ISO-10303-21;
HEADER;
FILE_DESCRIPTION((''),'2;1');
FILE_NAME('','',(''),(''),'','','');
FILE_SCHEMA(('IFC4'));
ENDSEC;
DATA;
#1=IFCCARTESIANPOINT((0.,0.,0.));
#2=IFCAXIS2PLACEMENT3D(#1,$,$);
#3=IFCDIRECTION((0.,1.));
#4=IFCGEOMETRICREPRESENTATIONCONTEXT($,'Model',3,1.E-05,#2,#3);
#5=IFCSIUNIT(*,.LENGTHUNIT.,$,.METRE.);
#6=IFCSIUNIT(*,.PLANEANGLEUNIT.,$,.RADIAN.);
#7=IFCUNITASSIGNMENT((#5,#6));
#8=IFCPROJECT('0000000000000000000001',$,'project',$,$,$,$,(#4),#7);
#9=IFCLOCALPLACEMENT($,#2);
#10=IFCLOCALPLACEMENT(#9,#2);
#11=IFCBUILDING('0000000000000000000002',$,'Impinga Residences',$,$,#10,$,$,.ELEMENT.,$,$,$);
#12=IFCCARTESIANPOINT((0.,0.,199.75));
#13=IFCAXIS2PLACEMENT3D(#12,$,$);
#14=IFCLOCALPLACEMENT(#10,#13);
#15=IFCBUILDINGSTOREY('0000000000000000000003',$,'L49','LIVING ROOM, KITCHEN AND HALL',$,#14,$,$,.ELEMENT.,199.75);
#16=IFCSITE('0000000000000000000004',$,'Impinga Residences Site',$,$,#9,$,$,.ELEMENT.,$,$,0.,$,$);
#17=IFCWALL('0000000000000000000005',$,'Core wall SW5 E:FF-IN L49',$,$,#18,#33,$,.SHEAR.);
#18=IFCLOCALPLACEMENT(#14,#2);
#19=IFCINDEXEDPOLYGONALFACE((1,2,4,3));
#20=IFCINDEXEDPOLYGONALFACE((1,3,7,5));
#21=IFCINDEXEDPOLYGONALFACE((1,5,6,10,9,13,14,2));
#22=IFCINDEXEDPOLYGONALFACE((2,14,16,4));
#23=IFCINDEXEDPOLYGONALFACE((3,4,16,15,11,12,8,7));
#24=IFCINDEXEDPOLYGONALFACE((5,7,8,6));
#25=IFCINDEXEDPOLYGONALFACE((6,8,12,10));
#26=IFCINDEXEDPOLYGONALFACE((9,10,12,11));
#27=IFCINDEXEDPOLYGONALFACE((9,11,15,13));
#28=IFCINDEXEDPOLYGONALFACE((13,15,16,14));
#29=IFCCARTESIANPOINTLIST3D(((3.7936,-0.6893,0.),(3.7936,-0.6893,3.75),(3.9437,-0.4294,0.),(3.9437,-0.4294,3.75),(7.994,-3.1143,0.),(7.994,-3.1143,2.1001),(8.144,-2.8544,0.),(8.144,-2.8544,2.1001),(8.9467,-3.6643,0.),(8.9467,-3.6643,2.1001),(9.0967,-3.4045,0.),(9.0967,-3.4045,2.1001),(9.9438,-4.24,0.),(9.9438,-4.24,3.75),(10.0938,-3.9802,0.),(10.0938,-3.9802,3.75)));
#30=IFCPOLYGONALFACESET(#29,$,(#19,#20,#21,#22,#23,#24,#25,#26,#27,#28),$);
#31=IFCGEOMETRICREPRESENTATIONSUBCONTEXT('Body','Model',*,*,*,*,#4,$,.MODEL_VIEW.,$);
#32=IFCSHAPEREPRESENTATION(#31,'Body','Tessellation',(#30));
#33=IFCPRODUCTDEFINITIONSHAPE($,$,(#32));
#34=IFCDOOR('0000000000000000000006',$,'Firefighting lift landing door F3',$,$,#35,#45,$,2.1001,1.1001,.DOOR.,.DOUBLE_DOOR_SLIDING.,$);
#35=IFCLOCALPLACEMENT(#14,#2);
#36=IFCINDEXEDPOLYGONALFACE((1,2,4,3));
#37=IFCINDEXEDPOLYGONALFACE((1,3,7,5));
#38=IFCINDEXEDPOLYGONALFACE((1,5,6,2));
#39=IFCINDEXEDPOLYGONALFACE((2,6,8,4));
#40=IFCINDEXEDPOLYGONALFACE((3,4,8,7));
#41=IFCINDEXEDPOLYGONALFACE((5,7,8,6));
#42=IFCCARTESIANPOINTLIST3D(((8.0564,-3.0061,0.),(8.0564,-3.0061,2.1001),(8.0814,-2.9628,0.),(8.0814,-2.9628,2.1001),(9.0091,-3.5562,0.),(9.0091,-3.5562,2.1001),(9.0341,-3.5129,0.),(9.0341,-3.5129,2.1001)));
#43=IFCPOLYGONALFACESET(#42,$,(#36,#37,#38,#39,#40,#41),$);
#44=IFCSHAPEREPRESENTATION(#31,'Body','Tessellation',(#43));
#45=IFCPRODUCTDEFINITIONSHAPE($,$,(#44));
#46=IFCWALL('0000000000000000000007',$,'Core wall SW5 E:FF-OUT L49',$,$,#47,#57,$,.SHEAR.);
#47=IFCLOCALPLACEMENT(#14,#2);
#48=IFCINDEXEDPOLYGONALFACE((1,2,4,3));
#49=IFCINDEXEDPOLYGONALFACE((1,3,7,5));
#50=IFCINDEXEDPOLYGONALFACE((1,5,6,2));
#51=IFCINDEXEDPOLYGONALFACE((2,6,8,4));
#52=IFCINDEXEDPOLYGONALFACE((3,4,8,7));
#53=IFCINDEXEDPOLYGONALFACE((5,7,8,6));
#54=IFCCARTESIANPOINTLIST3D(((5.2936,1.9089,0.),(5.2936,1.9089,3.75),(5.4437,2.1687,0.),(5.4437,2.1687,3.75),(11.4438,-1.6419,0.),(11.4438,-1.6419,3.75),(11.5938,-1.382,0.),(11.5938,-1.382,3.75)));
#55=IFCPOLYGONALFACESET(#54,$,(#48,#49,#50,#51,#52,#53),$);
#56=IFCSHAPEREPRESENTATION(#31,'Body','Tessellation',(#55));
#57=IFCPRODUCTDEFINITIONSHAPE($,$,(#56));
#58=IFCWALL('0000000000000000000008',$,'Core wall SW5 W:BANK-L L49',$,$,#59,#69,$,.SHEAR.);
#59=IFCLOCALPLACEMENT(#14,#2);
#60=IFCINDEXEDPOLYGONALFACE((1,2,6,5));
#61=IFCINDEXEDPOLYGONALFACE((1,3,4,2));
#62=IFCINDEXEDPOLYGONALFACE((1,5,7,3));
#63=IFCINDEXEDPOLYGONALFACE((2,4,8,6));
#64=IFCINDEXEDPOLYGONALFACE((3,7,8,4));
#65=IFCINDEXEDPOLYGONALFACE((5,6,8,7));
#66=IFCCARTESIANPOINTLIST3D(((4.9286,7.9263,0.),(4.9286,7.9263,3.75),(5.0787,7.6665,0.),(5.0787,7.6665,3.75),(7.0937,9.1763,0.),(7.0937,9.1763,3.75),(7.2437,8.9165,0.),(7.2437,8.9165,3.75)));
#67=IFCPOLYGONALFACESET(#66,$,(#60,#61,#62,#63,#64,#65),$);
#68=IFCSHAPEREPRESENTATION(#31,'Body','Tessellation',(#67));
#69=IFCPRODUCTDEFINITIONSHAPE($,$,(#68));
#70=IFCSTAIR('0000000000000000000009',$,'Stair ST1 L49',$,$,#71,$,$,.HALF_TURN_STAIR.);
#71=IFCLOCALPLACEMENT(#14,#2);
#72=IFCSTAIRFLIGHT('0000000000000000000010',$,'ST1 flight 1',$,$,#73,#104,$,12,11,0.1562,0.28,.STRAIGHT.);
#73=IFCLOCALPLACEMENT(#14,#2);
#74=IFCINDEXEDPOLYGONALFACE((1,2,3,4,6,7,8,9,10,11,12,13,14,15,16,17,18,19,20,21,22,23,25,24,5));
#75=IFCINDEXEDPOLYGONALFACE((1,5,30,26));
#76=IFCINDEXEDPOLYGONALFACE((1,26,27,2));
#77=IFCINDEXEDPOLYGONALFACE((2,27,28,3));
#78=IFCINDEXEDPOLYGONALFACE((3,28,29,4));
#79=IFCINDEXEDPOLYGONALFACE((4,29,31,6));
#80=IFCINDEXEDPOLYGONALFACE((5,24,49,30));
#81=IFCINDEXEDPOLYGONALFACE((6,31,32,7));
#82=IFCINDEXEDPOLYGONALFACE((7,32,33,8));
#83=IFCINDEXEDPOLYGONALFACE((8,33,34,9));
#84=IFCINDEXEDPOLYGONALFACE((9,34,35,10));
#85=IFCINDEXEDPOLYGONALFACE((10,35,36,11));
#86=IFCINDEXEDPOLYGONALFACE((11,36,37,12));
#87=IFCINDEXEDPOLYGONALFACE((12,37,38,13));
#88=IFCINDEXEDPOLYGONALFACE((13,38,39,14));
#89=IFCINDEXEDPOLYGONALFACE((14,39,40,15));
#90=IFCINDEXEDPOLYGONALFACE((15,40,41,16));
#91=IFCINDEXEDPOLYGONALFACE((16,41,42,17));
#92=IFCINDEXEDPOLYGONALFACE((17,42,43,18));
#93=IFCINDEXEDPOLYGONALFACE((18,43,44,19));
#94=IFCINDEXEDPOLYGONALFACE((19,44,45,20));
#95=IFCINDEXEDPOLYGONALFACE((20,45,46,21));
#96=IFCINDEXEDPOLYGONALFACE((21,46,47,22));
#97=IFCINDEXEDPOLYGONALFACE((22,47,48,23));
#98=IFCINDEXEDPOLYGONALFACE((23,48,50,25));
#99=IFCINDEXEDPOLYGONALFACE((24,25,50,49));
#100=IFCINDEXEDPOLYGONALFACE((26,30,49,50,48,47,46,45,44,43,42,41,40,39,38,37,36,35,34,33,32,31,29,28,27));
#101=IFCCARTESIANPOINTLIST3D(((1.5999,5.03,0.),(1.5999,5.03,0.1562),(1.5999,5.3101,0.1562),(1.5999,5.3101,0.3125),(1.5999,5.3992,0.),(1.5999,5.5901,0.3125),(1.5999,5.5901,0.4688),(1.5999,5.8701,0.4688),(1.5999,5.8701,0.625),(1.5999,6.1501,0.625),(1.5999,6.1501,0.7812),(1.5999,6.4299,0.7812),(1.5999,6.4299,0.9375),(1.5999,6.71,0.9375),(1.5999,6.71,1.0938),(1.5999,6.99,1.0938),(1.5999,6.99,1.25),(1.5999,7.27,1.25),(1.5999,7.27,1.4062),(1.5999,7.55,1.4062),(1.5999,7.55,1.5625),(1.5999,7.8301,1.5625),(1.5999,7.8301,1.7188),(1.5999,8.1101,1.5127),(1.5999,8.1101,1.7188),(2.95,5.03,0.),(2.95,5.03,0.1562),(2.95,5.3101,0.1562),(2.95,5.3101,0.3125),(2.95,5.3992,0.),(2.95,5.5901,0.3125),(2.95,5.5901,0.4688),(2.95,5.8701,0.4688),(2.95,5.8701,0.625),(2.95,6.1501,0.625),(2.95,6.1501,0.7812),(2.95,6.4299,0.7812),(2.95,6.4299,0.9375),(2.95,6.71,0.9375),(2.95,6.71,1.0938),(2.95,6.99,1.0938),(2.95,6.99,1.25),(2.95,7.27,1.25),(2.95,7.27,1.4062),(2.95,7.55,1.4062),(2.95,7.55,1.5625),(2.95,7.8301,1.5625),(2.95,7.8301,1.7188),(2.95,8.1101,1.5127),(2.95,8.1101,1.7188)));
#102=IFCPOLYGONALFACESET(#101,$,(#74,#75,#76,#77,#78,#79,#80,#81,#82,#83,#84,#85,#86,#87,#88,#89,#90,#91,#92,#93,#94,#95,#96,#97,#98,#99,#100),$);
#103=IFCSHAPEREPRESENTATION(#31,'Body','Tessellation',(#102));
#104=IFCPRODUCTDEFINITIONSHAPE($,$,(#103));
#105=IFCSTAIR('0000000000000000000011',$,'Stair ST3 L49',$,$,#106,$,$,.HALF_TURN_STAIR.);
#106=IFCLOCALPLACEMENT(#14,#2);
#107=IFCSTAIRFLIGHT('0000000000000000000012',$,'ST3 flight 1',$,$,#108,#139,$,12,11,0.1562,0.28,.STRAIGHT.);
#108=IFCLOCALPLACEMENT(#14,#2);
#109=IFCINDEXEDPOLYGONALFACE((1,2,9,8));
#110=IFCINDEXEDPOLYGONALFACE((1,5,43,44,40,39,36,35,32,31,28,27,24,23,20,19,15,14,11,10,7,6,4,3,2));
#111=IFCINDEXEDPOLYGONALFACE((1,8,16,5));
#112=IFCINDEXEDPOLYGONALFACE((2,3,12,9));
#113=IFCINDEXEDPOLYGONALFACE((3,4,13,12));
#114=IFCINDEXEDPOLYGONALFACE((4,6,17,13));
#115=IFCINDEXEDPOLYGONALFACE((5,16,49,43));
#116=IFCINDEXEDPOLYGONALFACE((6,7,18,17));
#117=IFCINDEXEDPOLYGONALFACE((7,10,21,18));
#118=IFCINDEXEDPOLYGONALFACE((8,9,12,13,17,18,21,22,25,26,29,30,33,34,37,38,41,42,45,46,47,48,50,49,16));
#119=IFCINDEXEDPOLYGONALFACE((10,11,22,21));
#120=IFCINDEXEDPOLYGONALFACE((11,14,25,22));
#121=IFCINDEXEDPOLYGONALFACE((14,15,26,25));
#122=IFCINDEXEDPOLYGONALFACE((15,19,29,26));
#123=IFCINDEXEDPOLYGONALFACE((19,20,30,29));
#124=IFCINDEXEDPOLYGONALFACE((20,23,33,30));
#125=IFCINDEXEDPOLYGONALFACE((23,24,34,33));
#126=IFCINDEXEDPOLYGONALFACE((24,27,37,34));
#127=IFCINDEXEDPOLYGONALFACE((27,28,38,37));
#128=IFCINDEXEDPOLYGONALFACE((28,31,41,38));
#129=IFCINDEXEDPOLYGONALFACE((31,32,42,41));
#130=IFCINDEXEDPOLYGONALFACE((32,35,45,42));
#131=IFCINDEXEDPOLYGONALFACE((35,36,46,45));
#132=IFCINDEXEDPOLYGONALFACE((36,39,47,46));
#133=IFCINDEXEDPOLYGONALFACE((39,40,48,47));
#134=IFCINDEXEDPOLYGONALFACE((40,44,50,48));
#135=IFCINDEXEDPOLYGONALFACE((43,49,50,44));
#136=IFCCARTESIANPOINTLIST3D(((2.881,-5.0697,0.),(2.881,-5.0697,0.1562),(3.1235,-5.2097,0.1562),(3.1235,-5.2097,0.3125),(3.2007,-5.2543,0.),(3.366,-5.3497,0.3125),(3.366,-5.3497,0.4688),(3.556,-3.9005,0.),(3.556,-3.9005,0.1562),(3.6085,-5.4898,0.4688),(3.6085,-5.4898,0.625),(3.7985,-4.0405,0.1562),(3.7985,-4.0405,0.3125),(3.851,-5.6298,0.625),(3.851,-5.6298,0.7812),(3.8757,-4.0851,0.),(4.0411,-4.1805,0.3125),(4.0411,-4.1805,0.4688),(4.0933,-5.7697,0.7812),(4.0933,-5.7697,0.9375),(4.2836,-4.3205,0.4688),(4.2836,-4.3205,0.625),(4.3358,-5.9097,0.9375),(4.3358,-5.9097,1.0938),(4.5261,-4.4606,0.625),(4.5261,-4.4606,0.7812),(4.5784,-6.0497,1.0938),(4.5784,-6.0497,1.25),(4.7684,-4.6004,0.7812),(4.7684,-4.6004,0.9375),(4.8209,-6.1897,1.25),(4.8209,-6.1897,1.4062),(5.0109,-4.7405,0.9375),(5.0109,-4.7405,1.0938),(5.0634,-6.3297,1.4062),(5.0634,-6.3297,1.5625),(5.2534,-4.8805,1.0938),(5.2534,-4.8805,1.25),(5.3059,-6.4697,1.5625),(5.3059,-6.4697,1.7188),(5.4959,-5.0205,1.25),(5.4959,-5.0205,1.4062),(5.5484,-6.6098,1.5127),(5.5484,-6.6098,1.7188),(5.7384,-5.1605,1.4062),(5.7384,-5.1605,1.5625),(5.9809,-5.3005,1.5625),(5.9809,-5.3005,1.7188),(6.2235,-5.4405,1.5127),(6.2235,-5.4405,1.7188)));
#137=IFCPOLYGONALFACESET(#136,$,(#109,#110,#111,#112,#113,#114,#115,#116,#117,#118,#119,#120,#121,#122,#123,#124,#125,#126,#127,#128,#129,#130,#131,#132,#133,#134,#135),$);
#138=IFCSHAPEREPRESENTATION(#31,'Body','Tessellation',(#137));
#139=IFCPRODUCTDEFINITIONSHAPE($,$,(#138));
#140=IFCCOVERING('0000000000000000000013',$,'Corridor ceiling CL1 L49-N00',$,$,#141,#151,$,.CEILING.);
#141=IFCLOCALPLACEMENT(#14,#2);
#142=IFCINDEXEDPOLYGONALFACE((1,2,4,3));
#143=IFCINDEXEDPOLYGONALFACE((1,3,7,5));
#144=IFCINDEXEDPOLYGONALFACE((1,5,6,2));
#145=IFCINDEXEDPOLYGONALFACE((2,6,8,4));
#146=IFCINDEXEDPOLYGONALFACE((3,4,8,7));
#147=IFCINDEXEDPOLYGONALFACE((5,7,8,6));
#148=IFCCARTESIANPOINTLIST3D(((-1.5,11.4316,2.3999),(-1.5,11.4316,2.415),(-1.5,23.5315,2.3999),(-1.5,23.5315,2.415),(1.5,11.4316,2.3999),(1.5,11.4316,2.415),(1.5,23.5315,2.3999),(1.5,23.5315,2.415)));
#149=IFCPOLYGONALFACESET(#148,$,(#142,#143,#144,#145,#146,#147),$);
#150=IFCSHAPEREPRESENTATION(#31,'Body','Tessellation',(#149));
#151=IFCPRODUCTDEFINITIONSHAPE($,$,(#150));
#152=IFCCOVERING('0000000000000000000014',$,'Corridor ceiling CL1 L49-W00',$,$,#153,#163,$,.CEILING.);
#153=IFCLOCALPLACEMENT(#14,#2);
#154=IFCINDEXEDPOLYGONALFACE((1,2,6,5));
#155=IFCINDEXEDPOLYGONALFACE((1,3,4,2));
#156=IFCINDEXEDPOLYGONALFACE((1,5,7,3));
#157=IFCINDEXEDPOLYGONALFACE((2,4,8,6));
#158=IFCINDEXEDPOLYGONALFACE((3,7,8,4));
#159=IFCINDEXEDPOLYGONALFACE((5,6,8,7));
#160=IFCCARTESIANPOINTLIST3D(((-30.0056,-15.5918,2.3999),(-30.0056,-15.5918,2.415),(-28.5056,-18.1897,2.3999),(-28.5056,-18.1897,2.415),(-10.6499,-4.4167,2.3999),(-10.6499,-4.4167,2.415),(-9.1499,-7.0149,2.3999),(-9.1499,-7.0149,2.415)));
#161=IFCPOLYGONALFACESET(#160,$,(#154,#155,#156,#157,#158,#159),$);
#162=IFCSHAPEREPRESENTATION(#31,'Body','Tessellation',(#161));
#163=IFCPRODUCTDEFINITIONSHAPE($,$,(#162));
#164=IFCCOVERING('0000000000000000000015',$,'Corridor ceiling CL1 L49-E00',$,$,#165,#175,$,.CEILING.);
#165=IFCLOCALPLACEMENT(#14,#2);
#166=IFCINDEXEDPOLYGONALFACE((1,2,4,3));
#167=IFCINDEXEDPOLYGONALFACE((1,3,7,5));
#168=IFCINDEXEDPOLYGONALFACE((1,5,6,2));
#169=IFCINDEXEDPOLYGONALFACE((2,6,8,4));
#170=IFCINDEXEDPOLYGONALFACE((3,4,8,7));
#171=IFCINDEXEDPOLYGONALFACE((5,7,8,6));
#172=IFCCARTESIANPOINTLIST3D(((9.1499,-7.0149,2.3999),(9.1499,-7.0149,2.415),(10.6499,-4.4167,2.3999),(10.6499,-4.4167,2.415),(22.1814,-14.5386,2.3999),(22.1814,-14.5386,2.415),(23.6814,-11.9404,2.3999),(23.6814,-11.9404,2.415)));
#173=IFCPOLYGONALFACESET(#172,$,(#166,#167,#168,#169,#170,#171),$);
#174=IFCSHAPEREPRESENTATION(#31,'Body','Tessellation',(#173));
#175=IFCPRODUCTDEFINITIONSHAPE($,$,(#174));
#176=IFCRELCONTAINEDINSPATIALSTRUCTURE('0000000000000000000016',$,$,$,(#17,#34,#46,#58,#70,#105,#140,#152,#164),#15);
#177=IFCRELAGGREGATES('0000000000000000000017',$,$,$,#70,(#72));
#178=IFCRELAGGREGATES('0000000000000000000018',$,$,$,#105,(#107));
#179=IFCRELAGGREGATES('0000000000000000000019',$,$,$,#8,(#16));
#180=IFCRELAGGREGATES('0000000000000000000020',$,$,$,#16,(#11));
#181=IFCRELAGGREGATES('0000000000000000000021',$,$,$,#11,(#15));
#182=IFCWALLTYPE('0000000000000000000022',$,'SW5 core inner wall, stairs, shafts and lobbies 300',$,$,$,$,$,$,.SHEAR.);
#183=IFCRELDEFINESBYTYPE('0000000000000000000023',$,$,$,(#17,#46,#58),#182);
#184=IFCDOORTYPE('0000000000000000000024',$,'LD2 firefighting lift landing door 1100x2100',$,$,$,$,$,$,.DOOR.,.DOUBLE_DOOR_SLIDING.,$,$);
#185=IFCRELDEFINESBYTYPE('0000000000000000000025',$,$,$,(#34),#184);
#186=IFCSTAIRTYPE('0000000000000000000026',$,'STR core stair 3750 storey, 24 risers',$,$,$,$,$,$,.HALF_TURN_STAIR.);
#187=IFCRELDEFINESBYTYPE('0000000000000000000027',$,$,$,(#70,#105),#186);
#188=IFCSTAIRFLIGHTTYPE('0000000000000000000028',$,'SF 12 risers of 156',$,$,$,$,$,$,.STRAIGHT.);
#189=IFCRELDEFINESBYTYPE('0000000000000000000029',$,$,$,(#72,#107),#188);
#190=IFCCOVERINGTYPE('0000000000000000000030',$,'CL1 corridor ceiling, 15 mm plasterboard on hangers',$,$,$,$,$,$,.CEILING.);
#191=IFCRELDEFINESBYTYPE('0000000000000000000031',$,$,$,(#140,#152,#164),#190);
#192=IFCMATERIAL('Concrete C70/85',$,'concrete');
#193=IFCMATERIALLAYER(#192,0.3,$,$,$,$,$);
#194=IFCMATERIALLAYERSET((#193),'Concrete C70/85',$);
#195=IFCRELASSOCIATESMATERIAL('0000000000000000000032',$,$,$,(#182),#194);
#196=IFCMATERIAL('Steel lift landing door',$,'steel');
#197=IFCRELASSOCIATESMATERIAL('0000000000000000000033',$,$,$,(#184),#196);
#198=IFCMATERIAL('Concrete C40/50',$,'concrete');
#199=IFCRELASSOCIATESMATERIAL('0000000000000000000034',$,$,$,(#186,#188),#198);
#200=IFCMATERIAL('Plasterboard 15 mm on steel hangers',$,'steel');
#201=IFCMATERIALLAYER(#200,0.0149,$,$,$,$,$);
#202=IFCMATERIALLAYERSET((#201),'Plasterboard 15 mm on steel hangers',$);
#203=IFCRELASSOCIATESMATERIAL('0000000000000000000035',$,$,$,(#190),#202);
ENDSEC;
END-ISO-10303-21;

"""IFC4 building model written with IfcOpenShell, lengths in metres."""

from ifc_helpers import new_model, si_unit, direction, frame, frame_2d, origin, place, context, subcontext, project, spatial, polyline, rectangle, outline, extrude, material, layer, layer_set, type_object, element, fill, aggregate, save


model = new_model("IFC4")

# Units and contexts
model_context = context("Model", 3, precision=1e-05, world=origin(), true_north=direction((0.0, 1.0)))
body_context = subcontext(model_context, "Body", "Model", "MODEL_VIEW")
ifc_project = project(units=[si_unit("LENGTHUNIT", "METRE"), si_unit("PLANEANGLEUNIT", "RADIAN")], contexts=[model_context])

# Site, building, storey
site_placement = place(None, origin())
site = spatial("IfcSite", under=ifc_project, at=site_placement, Name="Impinga Residences Site", CompositionType="ELEMENT", RefElevation=0.0)
building_placement = place(site_placement, origin())
building = spatial("IfcBuilding", under=site, at=building_placement, Name="Impinga Residences", CompositionType="ELEMENT")
storey_placement = place(building_placement, frame((0.0, 0.0, 199.75)))
storey = spatial("IfcBuildingStorey", under=building, at=storey_placement, Name="L49", Description="LIVING ROOM, KITCHEN AND HALL", CompositionType="ELEMENT", Elevation=199.75)

# Shared definitions
ifc_material_1 = material(Name="Concrete C40/50", Category="concrete")

# Shared definitions
ifc_material_2 = material(Name="Concrete C70/85", Category="concrete")
ifc_layer_1 = layer(ifc_material_2, 0.3)
ifc_layer_set_1 = layer_set([ifc_layer_1], Name="Concrete C70/85")
wall_type = type_object("IfcWallType", Name="SW5 core inner wall, stairs, shafts and lobbies 300", PredefinedType="SHEAR", material=ifc_layer_set_1)

# Wall, opening, door
wall_1_placement = place(storey_placement, frame((3.8687, -0.5593, 0.0), z_axis=(0.0, 0.0, 1.0), x_axis=(0.866026, -0.499999, 0.0)))
wall_1 = element("IfcWall", 1, at=wall_1_placement, inside=storey, type_object=wall_type, Name="Core wall SW5 E:FF-IN L49", PredefinedType="SHEAR", context=body_context, shape_type="SweptSolid", body=[
    extrude(rectangle(XDim=7.1016, YDim=0.3, at=frame_2d((3.5508, 0.0))), origin(), (0.0, 0.0, 1.0), 3.75),
])
opening_1_placement = place(wall_1_placement, frame((4.8501, 0.0, 0.0)))
opening_1 = element("IfcOpeningElement", 2, at=opening_1_placement, cuts=wall_1, PredefinedType="OPENING", context=body_context, shape_type="SweptSolid", body=[
    extrude(rectangle(XDim=1.1001, YDim=2.1001, at=frame_2d((0.55, 1.05))), frame((0.0, 0.1599, 0.0), z_axis=(0.0, -1.0, 0.0), x_axis=(1.0, 0.0, 0.0)), (0.0, 0.0, 1.0), 0.3201),
])
ifc_material_3 = material(Name="Steel lift landing door", Category="steel")
door_type_1 = type_object("IfcDoorType", Name="LD2 firefighting lift landing door 1100x2100", OperationType="DOUBLE_DOOR_SLIDING", PredefinedType="DOOR", material=ifc_material_3)
door_1_placement = place(opening_1_placement, origin())
door_1 = element("IfcDoor", 3, at=door_1_placement, inside=storey, type_object=door_type_1, Name="Firefighting lift landing door F3", OperationType="DOUBLE_DOOR_SLIDING", OverallHeight=2.1001, OverallWidth=1.1001, PredefinedType="DOOR", context=body_context, shape_type="SweptSolid", body=[
    extrude(rectangle(XDim=1.1001, YDim=2.1001, at=frame_2d((0.55, 1.05))), frame((0.0, 0.0249, 0.0), z_axis=(0.0, -1.0, 0.0), x_axis=(1.0, 0.0, 0.0)), (0.0, 0.0, 1.0), 0.05),
])
fill(opening_1, door_1)

# Walls
wall_2_placement = place(storey_placement, frame((5.3687, 2.0388, 0.0), z_axis=(0.0, 0.0, 1.0), x_axis=(0.866026, -0.499999, 0.0)))
element("IfcWall", 4, at=wall_2_placement, inside=storey, type_object=wall_type, Name="Core wall SW5 E:FF-OUT L49", PredefinedType="SHEAR", context=body_context, shape_type="SweptSolid", body=[
    extrude(rectangle(XDim=7.1016, YDim=0.3, at=frame_2d((3.5508, 0.0))), origin(), (0.0, 0.0, 1.0), 3.75),
])
wall_3_placement = place(storey_placement, frame((5.0037, 7.7964, 0.0), z_axis=(0.0, 0.0, 1.0), x_axis=(0.866023, 0.500004, 0.0)))
element("IfcWall", 5, at=wall_3_placement, inside=storey, type_object=wall_type, Name="Core wall SW5 W:BANK-L L49", PredefinedType="SHEAR", context=body_context, shape_type="SweptSolid", body=[
    extrude(rectangle(XDim=2.5, YDim=0.3, at=frame_2d((1.25, 0.0))), origin(), (0.0, 0.0, 1.0), 3.75),
])

# Stairs, stair flights
stair_type_1 = type_object("IfcStairType", Name="STR core stair 3750 storey, 24 risers", PredefinedType="HALF_TURN_STAIR", material=ifc_material_1)
stair_1_placement = place(storey_placement, origin())
stair_1 = element("IfcStair", 6, at=stair_1_placement, inside=storey, type_object=stair_type_1, Name="Stair ST1 L49", PredefinedType="HALF_TURN_STAIR")
stair_flight_type = type_object("IfcStairFlightType", Name="SF 12 risers of 156", PredefinedType="STRAIGHT", material=ifc_material_1)
stair_flight_1_placement = place(storey_placement, frame((2.2749, 5.03, 0.0), z_axis=(0.0, 0.0, 1.0), x_axis=(0.0, 1.0, 0.0)))
stair_flight_1 = element("IfcStairFlight", 7, at=stair_flight_1_placement, type_object=stair_flight_type, Name="ST1 flight 1", NumberOfRisers=12, NumberOfTreads=11, PredefinedType="STRAIGHT", RiserHeight=0.1562, TreadLength=0.28, context=body_context, shape_type="SweptSolid", body=[
    extrude(outline(polyline([(0.0, 0.0), (0.0, 0.1562), (0.28, 0.1562), (0.28, 0.3125), (0.5601, 0.3125), (0.5601, 0.4688), (0.8401, 0.4688), (0.8401, 0.625), (1.1201, 0.625), (1.1201, 0.7812), (1.3999, 0.7812), (1.3999, 0.9375), (1.6799, 0.9375), (1.6799, 1.0938), (1.96, 1.0938), (1.96, 1.25), (2.24, 1.25), (2.24, 1.4062), (2.52, 1.4062), (2.52, 1.5625), (2.8, 1.5625), (2.8, 1.7188), (3.0801, 1.7188), (3.0801, 1.875), (3.0801, 1.5127), (0.3691, 0.0), (0.0, 0.0)])), frame((0.0, 0.675, 0.0), z_axis=(0.0, -1.0, 0.0), x_axis=(1.0, 0.0, 0.0)), (0.0, 0.0, 1.0), 1.3501),
])
aggregate(stair_1, [stair_flight_1])
stair_2_placement = place(storey_placement, origin())
stair_2 = element("IfcStair", 8, at=stair_2_placement, inside=storey, type_object=stair_type_1, Name="Stair ST3 L49", PredefinedType="HALF_TURN_STAIR")
stair_flight_2_placement = place(storey_placement, frame((3.2185, -4.4851, 0.0), z_axis=(0.0, 0.0, 1.0), x_axis=(0.866025, -0.5, 0.0)))
stair_flight_2 = element("IfcStairFlight", 9, at=stair_flight_2_placement, type_object=stair_flight_type, Name="ST3 flight 1", NumberOfRisers=12, NumberOfTreads=11, PredefinedType="STRAIGHT", RiserHeight=0.1562, TreadLength=0.28, context=body_context, shape_type="SweptSolid", body=[
    extrude(outline(polyline([(0.0, 0.0), (0.0, 0.1562), (0.28, 0.1562), (0.28, 0.3125), (0.5601, 0.3125), (0.5601, 0.4688), (0.8401, 0.4688), (0.8401, 0.625), (1.1201, 0.625), (1.1201, 0.7812), (1.3999, 0.7812), (1.3999, 0.9375), (1.6799, 0.9375), (1.6799, 1.0938), (1.96, 1.0938), (1.96, 1.25), (2.24, 1.25), (2.24, 1.4062), (2.52, 1.4062), (2.52, 1.5625), (2.8, 1.5625), (2.8, 1.7188), (3.0801, 1.7188), (3.0801, 1.875), (3.0801, 1.5127), (0.3691, 0.0), (0.0, 0.0)])), frame((0.0, 0.675, 0.0), z_axis=(0.0, -1.0, 0.0), x_axis=(1.0, 0.0, 0.0)), (0.0, 0.0, 1.0), 1.3501),
])
aggregate(stair_2, [stair_flight_2])

# Coverings
ifc_material_4 = material(Name="Plasterboard 15 mm on steel hangers", Category="steel")
ifc_layer_2 = layer(ifc_material_4, 0.0149)
ifc_layer_set_2 = layer_set([ifc_layer_2], Name="Plasterboard 15 mm on steel hangers")
covering_type_1 = type_object("IfcCoveringType", Name="CL1 corridor ceiling, 15 mm plasterboard on hangers", PredefinedType="CEILING", material=ifc_layer_set_2)
covering_1_placement = place(storey_placement, frame((0.0, 0.0, 2.3999)))
element("IfcCovering", 10, at=covering_1_placement, inside=storey, type_object=covering_type_1, Name="Corridor ceiling CL1 L49-N00", PredefinedType="CEILING", context=body_context, shape_type="SweptSolid", body=[
    extrude(outline(polyline([(-1.5, 11.4316), (1.5, 11.4316), (1.5, 23.5315), (-1.5, 23.5315), (-1.5, 11.4316)])), origin(), (0.0, 0.0, 1.0), 0.0151),
])
covering_2_placement = place(storey_placement, frame((0.0, 0.0, 2.3999)))
element("IfcCovering", 11, at=covering_2_placement, inside=storey, type_object=covering_type_1, Name="Corridor ceiling CL1 L49-W00", PredefinedType="CEILING", context=body_context, shape_type="SweptSolid", body=[
    extrude(outline(polyline([(-9.1499, -7.0149), (-10.6499, -4.4167), (-30.0056, -15.5918), (-28.5056, -18.1897), (-9.1499, -7.0149)])), origin(), (0.0, 0.0, 1.0), 0.0151),
])
covering_3_placement = place(storey_placement, frame((0.0, 0.0, 2.3999)))
element("IfcCovering", 12, at=covering_3_placement, inside=storey, type_object=covering_type_1, Name="Corridor ceiling CL1 L49-E00", PredefinedType="CEILING", context=body_context, shape_type="SweptSolid", body=[
    extrude(outline(polyline([(9.1499, -7.0149), (10.6499, -4.4167), (23.6814, -11.9404), (22.1814, -14.5386), (9.1499, -7.0149)])), origin(), (0.0, 0.0, 1.0), 0.0151),
])

save(model, "model.ifc")
